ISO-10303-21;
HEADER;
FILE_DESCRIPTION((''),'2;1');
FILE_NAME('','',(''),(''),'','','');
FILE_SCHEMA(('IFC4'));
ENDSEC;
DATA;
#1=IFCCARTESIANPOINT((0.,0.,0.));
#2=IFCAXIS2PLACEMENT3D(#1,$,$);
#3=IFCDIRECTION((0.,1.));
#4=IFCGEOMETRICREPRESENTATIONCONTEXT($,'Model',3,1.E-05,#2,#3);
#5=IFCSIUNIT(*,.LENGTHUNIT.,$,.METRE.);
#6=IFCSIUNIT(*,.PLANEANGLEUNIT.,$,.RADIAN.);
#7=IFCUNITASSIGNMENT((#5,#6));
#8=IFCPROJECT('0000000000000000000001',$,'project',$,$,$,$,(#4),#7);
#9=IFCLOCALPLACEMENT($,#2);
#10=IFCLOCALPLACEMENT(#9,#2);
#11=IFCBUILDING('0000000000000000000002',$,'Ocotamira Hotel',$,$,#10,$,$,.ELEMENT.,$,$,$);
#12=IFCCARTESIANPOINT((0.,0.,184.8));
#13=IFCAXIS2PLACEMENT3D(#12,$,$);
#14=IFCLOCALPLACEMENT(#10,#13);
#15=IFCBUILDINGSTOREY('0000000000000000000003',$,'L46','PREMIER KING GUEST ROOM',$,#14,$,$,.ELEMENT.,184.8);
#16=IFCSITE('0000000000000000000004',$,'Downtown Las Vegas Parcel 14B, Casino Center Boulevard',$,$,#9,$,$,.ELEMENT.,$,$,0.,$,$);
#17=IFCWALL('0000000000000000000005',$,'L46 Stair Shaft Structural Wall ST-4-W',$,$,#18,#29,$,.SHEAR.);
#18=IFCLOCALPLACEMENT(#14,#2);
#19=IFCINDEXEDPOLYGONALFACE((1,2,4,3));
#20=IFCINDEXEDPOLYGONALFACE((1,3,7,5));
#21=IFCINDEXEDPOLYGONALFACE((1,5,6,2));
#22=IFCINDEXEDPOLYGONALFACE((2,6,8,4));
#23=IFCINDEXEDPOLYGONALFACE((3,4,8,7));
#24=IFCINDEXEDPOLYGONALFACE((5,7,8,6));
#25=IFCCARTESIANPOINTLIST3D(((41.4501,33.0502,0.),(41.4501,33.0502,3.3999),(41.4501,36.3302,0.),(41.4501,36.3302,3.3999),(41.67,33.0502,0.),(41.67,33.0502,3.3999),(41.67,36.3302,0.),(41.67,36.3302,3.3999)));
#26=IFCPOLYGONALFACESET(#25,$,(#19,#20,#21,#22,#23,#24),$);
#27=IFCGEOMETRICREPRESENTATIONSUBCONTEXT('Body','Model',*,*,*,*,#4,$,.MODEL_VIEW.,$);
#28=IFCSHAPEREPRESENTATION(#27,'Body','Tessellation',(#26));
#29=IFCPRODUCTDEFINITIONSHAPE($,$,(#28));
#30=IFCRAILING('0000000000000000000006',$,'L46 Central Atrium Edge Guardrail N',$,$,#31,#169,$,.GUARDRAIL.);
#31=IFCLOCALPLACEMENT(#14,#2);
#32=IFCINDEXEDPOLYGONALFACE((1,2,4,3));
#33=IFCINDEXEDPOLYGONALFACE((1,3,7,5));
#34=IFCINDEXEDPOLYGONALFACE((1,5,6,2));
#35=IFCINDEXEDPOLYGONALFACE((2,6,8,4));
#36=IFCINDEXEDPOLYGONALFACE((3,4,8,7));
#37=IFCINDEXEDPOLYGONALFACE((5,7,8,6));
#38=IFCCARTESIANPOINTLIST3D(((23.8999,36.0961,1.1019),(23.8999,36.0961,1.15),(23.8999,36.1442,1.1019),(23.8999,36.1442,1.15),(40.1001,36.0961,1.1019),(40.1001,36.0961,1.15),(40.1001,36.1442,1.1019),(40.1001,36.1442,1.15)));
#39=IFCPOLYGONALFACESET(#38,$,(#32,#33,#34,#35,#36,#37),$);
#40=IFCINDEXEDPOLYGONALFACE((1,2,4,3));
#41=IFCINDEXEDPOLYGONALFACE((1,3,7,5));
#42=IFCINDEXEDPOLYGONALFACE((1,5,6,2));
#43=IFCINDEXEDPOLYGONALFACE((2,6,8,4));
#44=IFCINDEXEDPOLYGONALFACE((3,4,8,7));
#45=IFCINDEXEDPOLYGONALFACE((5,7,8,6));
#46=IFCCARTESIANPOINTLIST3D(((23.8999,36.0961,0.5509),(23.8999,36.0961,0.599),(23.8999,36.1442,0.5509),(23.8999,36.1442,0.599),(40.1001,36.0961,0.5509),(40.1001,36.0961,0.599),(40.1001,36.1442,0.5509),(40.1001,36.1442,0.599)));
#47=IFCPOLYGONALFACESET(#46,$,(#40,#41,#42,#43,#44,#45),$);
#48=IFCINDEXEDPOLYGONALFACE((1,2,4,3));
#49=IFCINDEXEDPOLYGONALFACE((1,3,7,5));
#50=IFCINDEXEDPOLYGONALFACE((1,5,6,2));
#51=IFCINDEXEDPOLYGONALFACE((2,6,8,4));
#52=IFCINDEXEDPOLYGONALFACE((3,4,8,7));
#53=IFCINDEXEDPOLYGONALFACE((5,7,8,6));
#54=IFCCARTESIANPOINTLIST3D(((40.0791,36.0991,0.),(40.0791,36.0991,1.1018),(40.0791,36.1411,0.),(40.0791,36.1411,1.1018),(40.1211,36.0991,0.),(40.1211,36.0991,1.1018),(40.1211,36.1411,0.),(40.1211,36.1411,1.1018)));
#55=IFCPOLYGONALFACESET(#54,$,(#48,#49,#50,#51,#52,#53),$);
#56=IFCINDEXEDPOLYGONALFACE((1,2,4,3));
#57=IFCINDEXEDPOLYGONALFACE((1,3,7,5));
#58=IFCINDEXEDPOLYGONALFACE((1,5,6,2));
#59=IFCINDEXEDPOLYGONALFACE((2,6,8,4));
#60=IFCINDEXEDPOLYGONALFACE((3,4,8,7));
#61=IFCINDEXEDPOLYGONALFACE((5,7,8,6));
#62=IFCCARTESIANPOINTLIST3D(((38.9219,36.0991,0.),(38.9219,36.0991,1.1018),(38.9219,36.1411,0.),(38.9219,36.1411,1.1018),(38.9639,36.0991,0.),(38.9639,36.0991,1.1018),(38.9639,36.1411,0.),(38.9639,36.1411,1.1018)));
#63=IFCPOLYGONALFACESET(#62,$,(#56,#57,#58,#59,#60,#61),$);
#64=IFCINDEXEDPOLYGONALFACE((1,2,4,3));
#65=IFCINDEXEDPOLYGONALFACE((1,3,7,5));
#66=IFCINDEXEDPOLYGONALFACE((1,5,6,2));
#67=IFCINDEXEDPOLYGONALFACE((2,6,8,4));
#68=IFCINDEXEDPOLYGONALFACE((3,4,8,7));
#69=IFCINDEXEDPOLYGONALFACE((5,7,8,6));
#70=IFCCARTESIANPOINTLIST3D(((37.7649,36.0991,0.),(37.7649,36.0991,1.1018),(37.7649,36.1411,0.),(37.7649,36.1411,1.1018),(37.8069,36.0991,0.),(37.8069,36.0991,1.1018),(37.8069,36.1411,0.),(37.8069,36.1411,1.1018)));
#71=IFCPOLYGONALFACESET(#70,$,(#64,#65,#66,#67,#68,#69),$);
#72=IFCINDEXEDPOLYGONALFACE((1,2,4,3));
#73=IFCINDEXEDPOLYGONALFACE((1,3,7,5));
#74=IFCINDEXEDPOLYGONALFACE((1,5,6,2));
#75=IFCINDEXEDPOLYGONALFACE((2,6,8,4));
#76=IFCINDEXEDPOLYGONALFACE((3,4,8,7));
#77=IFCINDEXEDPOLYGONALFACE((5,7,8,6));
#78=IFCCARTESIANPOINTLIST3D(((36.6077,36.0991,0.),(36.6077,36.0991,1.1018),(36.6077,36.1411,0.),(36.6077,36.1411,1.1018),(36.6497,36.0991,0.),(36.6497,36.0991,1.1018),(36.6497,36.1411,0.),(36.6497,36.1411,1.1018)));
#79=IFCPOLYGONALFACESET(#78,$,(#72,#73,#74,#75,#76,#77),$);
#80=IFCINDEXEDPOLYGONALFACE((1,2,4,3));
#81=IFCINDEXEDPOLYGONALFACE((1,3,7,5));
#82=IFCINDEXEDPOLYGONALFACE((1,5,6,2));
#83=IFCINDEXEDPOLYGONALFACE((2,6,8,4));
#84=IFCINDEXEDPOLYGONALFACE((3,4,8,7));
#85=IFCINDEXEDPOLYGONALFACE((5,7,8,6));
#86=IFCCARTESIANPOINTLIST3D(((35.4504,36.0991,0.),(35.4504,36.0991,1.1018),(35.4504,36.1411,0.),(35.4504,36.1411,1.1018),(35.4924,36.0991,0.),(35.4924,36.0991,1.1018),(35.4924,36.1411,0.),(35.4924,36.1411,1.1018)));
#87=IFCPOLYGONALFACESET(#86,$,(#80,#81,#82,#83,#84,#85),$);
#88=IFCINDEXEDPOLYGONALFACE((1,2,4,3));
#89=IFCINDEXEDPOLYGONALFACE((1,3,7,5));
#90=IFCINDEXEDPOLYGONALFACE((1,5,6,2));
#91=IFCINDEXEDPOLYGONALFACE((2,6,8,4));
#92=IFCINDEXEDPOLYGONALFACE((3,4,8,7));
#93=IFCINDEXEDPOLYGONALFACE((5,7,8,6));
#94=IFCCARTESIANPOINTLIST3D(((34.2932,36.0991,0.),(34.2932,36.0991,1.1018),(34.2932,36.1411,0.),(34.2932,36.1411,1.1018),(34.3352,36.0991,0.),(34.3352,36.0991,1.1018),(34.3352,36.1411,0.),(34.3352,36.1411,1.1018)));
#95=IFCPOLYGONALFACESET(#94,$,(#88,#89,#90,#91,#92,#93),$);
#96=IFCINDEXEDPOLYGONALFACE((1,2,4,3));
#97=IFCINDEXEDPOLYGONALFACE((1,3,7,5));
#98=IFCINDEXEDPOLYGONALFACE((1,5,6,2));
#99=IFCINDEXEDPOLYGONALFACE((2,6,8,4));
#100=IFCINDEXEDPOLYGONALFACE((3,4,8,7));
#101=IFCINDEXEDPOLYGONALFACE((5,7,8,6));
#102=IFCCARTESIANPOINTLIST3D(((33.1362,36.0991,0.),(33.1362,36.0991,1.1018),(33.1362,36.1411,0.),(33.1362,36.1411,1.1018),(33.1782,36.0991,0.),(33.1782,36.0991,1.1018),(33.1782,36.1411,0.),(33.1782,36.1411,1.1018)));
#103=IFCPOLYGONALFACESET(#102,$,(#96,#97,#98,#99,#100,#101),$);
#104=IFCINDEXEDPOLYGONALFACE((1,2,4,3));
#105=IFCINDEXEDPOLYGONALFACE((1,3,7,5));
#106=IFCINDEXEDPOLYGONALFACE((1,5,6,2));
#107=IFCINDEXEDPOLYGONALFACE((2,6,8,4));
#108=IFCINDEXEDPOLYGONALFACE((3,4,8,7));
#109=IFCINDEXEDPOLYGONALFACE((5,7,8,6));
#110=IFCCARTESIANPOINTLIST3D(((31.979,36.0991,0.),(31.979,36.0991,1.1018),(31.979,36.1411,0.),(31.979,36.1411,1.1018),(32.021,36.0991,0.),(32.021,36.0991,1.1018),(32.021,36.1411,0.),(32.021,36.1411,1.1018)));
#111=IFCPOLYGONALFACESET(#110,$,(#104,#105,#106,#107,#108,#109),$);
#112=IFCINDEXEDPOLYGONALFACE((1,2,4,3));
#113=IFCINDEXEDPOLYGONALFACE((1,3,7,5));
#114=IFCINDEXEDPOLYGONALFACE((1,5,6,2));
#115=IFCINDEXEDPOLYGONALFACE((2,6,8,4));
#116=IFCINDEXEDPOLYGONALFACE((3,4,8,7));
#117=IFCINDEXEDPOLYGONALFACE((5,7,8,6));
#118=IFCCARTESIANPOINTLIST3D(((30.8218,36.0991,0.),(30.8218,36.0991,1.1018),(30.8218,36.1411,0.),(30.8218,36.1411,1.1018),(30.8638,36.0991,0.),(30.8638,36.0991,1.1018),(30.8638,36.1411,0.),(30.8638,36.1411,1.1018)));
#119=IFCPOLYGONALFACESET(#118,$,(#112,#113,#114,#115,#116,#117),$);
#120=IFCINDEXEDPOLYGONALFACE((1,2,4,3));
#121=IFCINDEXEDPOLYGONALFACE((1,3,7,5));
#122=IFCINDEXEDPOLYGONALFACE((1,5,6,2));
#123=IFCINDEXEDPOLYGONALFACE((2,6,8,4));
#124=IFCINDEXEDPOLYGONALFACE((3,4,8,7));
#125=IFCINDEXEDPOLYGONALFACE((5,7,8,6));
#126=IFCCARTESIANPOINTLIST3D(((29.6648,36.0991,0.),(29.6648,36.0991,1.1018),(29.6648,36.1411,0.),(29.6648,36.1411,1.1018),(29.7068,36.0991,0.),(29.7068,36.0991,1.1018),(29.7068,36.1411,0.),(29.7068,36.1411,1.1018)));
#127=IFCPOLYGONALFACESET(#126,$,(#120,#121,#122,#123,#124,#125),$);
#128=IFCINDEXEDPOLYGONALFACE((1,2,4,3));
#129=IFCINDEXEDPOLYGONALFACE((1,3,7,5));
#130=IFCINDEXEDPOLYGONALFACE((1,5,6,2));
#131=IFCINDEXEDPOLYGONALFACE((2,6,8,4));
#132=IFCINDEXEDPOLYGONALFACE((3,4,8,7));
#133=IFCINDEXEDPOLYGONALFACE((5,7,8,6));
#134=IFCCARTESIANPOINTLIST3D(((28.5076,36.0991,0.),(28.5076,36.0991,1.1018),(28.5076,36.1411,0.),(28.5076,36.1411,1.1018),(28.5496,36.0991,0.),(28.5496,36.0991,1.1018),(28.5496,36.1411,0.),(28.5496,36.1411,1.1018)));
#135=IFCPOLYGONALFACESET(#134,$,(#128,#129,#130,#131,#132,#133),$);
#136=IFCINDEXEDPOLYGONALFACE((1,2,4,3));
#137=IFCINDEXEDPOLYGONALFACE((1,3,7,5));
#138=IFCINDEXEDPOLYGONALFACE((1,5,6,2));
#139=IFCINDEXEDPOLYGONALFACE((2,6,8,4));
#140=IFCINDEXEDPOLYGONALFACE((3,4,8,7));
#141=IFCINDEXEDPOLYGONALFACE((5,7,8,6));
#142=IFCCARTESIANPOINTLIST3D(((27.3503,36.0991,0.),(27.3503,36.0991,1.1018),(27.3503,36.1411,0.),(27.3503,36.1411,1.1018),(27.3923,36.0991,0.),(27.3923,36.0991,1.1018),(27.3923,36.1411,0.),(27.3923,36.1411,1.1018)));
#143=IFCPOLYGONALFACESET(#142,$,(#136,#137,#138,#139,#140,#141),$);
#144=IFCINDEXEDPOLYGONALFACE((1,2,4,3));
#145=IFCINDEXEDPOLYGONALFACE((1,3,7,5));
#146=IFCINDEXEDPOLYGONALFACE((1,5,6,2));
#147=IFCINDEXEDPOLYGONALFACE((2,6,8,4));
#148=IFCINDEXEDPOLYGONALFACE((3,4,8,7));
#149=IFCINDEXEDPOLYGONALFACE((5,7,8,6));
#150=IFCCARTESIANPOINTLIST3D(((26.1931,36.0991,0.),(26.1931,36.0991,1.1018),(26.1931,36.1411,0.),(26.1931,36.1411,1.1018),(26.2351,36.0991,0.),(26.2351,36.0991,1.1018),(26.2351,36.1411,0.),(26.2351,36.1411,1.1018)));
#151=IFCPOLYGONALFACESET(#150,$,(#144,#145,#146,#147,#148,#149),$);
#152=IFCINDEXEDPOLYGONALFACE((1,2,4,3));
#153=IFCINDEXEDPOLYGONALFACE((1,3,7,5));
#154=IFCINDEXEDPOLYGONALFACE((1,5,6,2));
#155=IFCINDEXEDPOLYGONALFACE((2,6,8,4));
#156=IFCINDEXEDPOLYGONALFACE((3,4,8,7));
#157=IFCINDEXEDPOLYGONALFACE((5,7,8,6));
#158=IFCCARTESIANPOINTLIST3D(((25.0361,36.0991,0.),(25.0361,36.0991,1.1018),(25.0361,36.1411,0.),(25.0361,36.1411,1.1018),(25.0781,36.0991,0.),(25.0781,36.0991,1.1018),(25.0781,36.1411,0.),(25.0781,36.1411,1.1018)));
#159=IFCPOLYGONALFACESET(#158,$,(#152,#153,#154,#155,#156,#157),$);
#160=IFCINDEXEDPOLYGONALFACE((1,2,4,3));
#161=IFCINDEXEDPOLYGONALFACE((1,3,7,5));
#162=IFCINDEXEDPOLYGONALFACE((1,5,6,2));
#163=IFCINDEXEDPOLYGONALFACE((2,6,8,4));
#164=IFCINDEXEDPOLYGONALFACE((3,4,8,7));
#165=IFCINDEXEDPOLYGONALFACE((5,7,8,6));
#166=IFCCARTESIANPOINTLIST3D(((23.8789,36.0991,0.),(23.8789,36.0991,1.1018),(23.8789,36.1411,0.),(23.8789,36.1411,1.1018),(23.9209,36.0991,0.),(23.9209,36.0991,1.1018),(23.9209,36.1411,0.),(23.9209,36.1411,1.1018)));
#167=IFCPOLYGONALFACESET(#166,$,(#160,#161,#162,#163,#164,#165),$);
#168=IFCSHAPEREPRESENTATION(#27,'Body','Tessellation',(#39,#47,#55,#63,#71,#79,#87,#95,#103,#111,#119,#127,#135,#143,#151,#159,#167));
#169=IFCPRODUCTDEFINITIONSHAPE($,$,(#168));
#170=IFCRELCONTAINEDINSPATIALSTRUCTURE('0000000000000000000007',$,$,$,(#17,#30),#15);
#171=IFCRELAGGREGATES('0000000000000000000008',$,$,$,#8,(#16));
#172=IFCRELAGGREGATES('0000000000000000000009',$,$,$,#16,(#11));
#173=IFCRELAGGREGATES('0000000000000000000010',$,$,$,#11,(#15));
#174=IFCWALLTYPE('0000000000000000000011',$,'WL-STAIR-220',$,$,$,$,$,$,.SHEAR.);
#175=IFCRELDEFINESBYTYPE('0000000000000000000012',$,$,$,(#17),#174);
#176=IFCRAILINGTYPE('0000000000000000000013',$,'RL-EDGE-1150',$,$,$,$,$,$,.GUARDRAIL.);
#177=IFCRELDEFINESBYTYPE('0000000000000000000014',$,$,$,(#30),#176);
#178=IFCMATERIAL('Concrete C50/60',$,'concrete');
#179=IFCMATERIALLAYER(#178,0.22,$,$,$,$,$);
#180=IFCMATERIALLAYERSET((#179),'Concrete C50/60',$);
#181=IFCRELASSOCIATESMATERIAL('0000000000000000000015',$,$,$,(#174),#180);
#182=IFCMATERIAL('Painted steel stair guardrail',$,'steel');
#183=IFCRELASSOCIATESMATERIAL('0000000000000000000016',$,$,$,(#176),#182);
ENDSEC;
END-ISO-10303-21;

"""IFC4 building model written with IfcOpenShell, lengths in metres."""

from ifc_helpers import new_model, si_unit, direction, frame, frame_2d, origin, origin_2d, place, context, subcontext, project, spatial, rectangle, extrude, material, layer, layer_set, type_object, element, save


model = new_model("IFC4")

# Units and contexts
model_context = context("Model", 3, precision=1e-05, world=origin(), true_north=direction((0.0, 1.0)))
body_context = subcontext(model_context, "Body", "Model", "MODEL_VIEW")
ifc_project = project(units=[si_unit("LENGTHUNIT", "METRE"), si_unit("PLANEANGLEUNIT", "RADIAN")], contexts=[model_context])

# Site, building, storey
site_placement = place(None, origin())
site = spatial("IfcSite", under=ifc_project, at=site_placement, Name="Downtown Las Vegas Parcel 14B, Casino Center Boulevard", CompositionType="ELEMENT", RefElevation=0.0)
building_placement = place(site_placement, origin())
building = spatial("IfcBuilding", under=site, at=building_placement, Name="Ocotamira Hotel", CompositionType="ELEMENT")
storey_placement = place(building_placement, frame((0.0, 0.0, 184.8)))
storey = spatial("IfcBuildingStorey", under=building, at=storey_placement, Name="L46", Description="PREMIER KING GUEST ROOM", CompositionType="ELEMENT", Elevation=184.8)

# Shared definitions
ifc_material_1 = material(Name="Concrete C50/60", Category="concrete")

# Shared definitions
ifc_layer_1 = layer(ifc_material_1, 0.22)
ifc_layer_set_1 = layer_set([ifc_layer_1], Name="Concrete C50/60")
wall_type_1 = type_object("IfcWallType", Name="WL-STAIR-220", PredefinedType="SHEAR", material=ifc_layer_set_1)

# Wall
wall_1_placement = place(storey_placement, frame((41.5601, 33.05, 0.0), z_axis=(0.0, 0.0, 1.0), x_axis=(0.0, 1.0, 0.0)))
element("IfcWall", 1, at=wall_1_placement, inside=storey, type_object=wall_type_1, Name="L46 Stair Shaft Structural Wall ST-4-W", PredefinedType="SHEAR", context=body_context, shape_type="SweptSolid", body=[
    extrude(rectangle(XDim=3.28, YDim=0.22, at=frame_2d((1.6401, 0.0))), origin(), (0.0, 0.0, 1.0), 3.3999),
])

# Railing
ifc_material_2 = material(Name="Painted steel stair guardrail", Category="steel")
railing_type = type_object("IfcRailingType", Name="RL-EDGE-1150", PredefinedType="GUARDRAIL", material=ifc_material_2)
railing_placement = place(storey_placement, frame((40.1001, 36.1201, 0.0)))
element("IfcRailing", 2, at=railing_placement, inside=storey, type_object=railing_type, Name="L46 Central Atrium Edge Guardrail N", PredefinedType="GUARDRAIL", context=body_context, shape_type="SweptSolid", body=[
    extrude(rectangle(XDim=0.0481, YDim=0.0481, at=origin_2d()), frame((0.0, 0.0, 1.126), z_axis=(-1.0, 0.0, 0.0), x_axis=(0.0, -1.0, 0.0)), (0.0, 0.0, 1.0), 16.2002),
    extrude(rectangle(XDim=0.0481, YDim=0.0481, at=origin_2d()), frame((0.0, 0.0, 0.575), z_axis=(-1.0, 0.0, 0.0), x_axis=(0.0, -1.0, 0.0)), (0.0, 0.0, 1.0), 16.2002),
    extrude(rectangle(XDim=0.042, YDim=0.042, at=origin_2d()), origin(), (0.0, 0.0, 1.0), 1.1018),
    extrude(rectangle(XDim=0.042, YDim=0.042, at=origin_2d()), frame((-1.1572, 0.0, 0.0)), (0.0, 0.0, 1.0), 1.1018),
    extrude(rectangle(XDim=0.042, YDim=0.042, at=origin_2d()), frame((-2.3142, 0.0, 0.0)), (0.0, 0.0, 1.0), 1.1018),
    extrude(rectangle(XDim=0.042, YDim=0.042, at=origin_2d()), frame((-3.4714, 0.0, 0.0)), (0.0, 0.0, 1.0), 1.1018),
    extrude(rectangle(XDim=0.042, YDim=0.042, at=origin_2d()), frame((-4.6287, 0.0, 0.0)), (0.0, 0.0, 1.0), 1.1018),
    extrude(rectangle(XDim=0.042, YDim=0.042, at=origin_2d()), frame((-5.7859, 0.0, 0.0)), (0.0, 0.0, 1.0), 1.1018),
    extrude(rectangle(XDim=0.042, YDim=0.042, at=origin_2d()), frame((-6.9429, 0.0, 0.0)), (0.0, 0.0, 1.0), 1.1018),
    extrude(rectangle(XDim=0.042, YDim=0.042, at=origin_2d()), frame((-8.1001, 0.0, 0.0)), (0.0, 0.0, 1.0), 1.1018),
    extrude(rectangle(XDim=0.042, YDim=0.042, at=origin_2d()), frame((-9.2573, 0.0, 0.0)), (0.0, 0.0, 1.0), 1.1018),
    extrude(rectangle(XDim=0.042, YDim=0.042, at=origin_2d()), frame((-10.4143, 0.0, 0.0)), (0.0, 0.0, 1.0), 1.1018),
    extrude(rectangle(XDim=0.042, YDim=0.042, at=origin_2d()), frame((-11.5715, 0.0, 0.0)), (0.0, 0.0, 1.0), 1.1018),
    extrude(rectangle(XDim=0.042, YDim=0.042, at=origin_2d()), frame((-12.7288, 0.0, 0.0)), (0.0, 0.0, 1.0), 1.1018),
    extrude(rectangle(XDim=0.042, YDim=0.042, at=origin_2d()), frame((-13.886, 0.0, 0.0)), (0.0, 0.0, 1.0), 1.1018),
    extrude(rectangle(XDim=0.042, YDim=0.042, at=origin_2d()), frame((-15.043, 0.0, 0.0)), (0.0, 0.0, 1.0), 1.1018),
    extrude(rectangle(XDim=0.042, YDim=0.042, at=origin_2d()), frame((-16.2002, 0.0, 0.0)), (0.0, 0.0, 1.0), 1.1018),
])

save(model, "model.ifc")
